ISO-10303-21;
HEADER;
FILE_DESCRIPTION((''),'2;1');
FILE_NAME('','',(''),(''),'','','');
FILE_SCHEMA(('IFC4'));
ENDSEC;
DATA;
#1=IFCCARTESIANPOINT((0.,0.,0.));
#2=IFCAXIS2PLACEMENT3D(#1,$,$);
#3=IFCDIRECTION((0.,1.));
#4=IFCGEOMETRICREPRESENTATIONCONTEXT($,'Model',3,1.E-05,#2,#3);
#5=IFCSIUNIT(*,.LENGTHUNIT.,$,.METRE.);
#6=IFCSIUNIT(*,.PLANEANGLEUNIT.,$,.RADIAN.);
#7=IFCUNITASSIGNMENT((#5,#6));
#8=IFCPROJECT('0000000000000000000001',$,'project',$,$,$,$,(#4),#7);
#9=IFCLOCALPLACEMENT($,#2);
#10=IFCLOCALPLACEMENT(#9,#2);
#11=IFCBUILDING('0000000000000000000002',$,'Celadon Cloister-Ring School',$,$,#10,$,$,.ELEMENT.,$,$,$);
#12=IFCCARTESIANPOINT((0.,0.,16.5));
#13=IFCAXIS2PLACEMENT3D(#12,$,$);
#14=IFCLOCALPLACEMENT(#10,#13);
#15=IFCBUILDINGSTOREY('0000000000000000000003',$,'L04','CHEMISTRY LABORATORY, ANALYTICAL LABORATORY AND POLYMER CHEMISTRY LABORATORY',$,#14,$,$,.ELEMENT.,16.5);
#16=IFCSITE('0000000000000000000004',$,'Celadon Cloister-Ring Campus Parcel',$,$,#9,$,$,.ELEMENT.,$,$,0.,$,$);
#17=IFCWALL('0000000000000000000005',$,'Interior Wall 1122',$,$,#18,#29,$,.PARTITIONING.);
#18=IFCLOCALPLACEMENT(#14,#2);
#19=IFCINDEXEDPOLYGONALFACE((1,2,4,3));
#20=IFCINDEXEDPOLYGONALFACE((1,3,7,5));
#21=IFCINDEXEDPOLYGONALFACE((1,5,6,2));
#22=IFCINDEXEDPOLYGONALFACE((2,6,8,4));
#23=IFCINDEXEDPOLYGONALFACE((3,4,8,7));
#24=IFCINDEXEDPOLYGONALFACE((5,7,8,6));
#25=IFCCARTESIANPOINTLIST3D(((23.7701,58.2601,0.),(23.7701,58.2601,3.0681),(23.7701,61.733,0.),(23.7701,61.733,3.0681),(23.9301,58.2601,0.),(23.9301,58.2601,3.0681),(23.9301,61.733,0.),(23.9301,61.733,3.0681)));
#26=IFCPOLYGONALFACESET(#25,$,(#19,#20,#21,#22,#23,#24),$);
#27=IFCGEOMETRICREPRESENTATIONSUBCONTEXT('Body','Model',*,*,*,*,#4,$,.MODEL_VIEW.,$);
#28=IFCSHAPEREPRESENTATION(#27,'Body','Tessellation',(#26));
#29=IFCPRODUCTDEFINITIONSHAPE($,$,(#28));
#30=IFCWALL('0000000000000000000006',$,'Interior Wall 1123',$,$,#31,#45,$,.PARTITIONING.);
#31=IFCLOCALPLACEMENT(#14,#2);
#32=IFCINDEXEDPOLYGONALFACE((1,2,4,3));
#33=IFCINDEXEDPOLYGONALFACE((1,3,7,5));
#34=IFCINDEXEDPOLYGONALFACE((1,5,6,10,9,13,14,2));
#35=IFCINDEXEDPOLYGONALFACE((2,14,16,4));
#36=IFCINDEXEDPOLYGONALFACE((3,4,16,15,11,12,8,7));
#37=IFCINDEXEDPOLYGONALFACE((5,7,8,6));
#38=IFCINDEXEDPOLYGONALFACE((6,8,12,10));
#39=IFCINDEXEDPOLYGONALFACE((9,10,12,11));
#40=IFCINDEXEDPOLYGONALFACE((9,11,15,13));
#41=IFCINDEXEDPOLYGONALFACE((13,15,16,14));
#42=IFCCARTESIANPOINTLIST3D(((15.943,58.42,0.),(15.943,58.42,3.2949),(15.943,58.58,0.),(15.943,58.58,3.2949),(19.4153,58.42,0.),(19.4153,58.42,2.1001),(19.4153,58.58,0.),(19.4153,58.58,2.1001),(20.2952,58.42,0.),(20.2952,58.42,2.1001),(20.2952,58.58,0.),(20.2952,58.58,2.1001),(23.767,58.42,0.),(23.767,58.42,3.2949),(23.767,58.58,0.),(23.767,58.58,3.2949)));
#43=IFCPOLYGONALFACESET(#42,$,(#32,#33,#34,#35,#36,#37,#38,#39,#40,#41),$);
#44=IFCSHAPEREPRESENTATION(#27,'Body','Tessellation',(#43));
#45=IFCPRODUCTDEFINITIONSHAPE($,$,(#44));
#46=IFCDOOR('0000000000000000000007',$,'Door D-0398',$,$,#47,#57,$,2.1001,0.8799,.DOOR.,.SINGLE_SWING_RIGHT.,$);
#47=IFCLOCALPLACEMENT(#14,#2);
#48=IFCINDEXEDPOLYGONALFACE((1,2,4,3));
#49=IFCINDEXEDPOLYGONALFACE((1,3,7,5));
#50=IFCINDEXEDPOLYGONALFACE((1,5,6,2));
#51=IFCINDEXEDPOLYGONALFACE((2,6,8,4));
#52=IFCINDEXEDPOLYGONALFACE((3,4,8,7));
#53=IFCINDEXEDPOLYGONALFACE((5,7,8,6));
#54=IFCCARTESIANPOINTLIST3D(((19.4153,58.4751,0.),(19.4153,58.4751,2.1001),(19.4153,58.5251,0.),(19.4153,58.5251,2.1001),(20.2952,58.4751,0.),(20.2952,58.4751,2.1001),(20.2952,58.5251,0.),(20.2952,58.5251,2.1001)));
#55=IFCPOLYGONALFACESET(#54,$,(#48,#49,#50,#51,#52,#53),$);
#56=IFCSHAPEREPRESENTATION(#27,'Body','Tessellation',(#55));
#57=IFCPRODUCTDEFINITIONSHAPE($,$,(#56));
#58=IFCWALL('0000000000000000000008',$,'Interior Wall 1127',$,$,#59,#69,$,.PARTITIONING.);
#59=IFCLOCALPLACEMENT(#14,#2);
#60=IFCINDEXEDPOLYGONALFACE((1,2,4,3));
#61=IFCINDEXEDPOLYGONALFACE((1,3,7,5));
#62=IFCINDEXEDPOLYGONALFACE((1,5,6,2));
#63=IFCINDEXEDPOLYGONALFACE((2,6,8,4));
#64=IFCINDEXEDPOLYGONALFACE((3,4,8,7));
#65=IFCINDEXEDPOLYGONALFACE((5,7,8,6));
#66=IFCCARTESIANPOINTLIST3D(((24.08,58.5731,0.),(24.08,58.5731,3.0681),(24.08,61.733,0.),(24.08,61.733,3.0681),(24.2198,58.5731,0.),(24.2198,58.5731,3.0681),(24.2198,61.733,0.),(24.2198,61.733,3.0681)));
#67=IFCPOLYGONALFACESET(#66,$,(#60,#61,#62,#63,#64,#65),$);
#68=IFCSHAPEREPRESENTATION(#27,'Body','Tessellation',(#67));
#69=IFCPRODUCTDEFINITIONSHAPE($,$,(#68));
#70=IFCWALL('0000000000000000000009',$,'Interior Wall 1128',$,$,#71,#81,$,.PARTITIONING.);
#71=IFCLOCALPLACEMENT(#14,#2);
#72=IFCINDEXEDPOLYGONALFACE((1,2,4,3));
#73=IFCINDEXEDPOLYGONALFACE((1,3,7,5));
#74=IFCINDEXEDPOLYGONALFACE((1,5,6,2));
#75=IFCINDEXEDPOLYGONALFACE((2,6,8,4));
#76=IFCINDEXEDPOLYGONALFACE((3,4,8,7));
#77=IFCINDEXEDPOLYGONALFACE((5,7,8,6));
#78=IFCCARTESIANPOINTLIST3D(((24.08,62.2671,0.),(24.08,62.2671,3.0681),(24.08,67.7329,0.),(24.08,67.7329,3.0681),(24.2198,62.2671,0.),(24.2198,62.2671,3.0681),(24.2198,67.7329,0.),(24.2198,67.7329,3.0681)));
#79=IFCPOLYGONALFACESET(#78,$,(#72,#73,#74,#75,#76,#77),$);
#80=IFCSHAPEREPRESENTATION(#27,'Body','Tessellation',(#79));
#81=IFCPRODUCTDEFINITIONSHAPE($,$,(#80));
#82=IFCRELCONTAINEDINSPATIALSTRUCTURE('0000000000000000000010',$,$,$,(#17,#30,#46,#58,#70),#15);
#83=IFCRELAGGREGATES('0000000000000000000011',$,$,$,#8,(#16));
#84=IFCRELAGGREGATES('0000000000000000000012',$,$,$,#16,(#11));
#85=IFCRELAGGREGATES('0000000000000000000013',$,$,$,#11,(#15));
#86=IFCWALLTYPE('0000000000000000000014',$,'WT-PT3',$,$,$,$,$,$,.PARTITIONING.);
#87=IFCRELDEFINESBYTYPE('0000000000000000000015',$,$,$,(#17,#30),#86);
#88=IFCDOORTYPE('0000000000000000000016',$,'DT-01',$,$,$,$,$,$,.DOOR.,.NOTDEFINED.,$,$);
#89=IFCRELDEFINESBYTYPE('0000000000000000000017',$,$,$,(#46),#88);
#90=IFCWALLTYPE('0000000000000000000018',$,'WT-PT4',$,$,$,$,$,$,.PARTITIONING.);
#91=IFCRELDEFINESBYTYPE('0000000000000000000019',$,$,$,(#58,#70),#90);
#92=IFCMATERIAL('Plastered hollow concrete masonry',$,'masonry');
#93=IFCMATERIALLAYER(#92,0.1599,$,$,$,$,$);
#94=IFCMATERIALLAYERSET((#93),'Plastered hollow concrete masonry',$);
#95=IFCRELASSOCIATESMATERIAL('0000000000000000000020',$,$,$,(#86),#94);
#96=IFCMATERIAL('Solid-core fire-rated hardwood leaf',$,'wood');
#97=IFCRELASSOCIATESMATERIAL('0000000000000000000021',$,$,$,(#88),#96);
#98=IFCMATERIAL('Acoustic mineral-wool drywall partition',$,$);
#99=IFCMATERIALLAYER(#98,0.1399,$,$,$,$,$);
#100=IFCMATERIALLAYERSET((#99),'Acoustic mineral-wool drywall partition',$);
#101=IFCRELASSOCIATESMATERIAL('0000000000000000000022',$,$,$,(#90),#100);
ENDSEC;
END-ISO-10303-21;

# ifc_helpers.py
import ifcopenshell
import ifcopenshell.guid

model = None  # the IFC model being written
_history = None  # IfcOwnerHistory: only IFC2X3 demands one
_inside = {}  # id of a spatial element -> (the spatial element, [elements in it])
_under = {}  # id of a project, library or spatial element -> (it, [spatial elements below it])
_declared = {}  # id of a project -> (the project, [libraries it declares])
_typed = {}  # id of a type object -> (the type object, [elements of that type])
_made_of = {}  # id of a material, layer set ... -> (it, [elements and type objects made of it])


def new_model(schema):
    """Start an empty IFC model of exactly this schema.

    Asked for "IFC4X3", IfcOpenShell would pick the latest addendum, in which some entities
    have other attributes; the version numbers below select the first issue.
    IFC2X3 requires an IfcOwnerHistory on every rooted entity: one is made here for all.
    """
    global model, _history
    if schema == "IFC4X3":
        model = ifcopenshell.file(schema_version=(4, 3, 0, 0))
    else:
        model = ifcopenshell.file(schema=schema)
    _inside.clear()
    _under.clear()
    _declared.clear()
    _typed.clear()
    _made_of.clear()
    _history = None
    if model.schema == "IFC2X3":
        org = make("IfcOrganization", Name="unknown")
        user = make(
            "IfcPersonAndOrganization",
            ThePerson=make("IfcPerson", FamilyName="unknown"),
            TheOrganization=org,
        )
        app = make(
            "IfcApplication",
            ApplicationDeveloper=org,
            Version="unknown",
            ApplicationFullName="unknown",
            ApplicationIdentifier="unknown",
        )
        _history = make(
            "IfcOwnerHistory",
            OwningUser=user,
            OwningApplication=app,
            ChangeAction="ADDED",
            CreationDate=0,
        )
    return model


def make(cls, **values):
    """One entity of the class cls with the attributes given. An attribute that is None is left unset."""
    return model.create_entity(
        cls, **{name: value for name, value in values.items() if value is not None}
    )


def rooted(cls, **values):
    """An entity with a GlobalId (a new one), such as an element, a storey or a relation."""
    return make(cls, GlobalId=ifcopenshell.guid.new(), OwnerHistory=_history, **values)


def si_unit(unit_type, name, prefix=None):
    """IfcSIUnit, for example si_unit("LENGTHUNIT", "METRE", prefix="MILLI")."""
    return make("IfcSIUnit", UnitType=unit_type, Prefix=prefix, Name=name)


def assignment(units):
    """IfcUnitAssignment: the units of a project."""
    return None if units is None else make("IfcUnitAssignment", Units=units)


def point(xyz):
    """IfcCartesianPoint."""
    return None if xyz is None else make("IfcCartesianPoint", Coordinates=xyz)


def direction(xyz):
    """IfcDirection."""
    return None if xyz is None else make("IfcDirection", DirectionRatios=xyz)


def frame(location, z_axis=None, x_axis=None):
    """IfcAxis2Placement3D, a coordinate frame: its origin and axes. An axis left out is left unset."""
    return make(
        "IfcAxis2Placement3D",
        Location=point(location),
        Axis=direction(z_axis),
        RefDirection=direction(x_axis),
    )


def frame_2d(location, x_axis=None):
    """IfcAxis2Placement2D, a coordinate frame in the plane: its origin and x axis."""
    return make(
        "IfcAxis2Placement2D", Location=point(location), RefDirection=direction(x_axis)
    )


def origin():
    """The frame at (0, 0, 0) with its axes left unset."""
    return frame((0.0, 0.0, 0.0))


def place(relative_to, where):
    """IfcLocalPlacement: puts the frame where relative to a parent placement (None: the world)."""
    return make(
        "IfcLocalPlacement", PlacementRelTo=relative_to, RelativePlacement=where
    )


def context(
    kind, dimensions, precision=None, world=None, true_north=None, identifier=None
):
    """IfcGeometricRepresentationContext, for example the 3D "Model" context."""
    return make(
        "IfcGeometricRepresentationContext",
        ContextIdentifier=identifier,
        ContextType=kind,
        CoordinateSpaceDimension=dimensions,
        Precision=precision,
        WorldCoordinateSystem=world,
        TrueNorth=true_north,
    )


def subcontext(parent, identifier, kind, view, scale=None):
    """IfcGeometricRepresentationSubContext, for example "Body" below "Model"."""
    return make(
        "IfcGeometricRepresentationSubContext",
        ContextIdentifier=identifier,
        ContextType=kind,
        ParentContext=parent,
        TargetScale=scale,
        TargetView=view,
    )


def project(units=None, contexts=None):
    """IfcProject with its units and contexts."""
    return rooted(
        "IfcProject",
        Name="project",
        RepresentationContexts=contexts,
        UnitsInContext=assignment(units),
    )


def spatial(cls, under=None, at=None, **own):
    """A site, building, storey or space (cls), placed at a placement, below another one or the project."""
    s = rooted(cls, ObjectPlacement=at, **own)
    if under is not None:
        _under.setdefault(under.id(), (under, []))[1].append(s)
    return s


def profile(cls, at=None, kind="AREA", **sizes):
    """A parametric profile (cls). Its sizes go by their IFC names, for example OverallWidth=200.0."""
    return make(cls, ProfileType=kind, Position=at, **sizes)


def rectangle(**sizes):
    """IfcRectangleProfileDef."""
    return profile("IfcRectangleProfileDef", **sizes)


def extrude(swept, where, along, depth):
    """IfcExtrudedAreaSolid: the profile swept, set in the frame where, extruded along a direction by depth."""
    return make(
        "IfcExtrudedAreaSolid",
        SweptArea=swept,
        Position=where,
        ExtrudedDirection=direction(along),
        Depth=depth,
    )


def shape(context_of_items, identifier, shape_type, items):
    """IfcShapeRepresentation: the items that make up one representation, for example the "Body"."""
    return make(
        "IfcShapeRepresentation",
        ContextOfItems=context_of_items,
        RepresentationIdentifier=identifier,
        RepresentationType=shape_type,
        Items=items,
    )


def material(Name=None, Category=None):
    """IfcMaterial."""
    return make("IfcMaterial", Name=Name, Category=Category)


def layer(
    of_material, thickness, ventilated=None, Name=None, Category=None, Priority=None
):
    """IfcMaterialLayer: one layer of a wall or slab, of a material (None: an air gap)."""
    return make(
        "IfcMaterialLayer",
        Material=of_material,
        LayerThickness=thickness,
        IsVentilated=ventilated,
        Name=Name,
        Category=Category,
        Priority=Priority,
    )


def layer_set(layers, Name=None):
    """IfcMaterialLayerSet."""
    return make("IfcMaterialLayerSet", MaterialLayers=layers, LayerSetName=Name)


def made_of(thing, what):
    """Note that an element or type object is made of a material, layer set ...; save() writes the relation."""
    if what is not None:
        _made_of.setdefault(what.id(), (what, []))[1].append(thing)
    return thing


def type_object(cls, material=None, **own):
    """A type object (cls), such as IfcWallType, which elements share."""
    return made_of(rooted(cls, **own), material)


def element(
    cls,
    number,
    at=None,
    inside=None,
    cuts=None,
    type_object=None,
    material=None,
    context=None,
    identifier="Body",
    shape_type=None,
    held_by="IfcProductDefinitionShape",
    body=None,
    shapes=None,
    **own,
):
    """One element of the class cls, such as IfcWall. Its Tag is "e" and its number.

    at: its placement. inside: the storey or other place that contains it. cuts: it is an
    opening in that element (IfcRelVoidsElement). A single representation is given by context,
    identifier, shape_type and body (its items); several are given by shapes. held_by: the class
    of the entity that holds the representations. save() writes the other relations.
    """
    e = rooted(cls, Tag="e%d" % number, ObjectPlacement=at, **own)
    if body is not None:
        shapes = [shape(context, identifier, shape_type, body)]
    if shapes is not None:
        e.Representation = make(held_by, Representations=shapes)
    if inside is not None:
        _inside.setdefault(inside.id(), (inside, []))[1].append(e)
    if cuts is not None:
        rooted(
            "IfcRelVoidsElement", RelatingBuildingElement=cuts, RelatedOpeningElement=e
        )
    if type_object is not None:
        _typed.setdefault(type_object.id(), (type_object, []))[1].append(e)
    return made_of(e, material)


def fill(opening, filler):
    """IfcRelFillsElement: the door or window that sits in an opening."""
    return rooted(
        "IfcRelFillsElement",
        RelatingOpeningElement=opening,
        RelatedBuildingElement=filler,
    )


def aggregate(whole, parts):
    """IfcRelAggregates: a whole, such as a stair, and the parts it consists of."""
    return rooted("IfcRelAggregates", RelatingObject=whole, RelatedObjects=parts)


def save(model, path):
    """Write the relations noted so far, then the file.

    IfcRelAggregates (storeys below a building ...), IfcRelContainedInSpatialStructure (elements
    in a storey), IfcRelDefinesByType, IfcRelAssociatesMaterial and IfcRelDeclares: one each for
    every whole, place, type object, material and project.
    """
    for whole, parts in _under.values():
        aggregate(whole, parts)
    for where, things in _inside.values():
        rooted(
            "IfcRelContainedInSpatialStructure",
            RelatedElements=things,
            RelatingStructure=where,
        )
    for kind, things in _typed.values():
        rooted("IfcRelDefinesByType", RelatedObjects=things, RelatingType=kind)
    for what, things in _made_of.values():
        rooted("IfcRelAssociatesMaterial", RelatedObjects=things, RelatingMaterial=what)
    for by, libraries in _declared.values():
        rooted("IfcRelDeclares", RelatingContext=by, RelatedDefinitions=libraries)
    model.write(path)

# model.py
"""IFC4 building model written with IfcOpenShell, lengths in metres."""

from ifc_helpers import new_model, si_unit, direction, frame, frame_2d, origin, place, context, subcontext, project, spatial, rectangle, extrude, material, layer, layer_set, type_object, element, fill, save


model = new_model("IFC4")

# Units and contexts
model_context = context("Model", 3, precision=1e-05, world=origin(), true_north=direction((0.0, 1.0)))
body_context = subcontext(model_context, "Body", "Model", "MODEL_VIEW")
ifc_project = project(units=[si_unit("LENGTHUNIT", "METRE"), si_unit("PLANEANGLEUNIT", "RADIAN")], contexts=[model_context])

# Site, building, storey
site_placement = place(None, origin())
site = spatial("IfcSite", under=ifc_project, at=site_placement, Name="Celadon Cloister-Ring Campus Parcel", CompositionType="ELEMENT", RefElevation=0.0)
building_placement = place(site_placement, origin())
building = spatial("IfcBuilding", under=site, at=building_placement, Name="Celadon Cloister-Ring School", CompositionType="ELEMENT")
storey_placement = place(building_placement, frame((0.0, 0.0, 16.5)))
storey = spatial("IfcBuildingStorey", under=building, at=storey_placement, Name="L04", Description="CHEMISTRY LABORATORY, ANALYTICAL LABORATORY AND POLYMER CHEMISTRY LABORATORY", CompositionType="ELEMENT", Elevation=16.5)

# Wall
ifc_material_1 = material(Name="Plastered hollow concrete masonry", Category="masonry")
ifc_layer_1 = layer(ifc_material_1, 0.1599)
ifc_layer_set_1 = layer_set([ifc_layer_1], Name="Plastered hollow concrete masonry")
wall_type_1 = type_object("IfcWallType", Name="WT-PT3", PredefinedType="PARTITIONING", material=ifc_layer_set_1)
wall_1_placement = place(storey_placement, frame((23.8501, 61.7329, 0.0), z_axis=(0.0, 0.0, 1.0), x_axis=(0.0, -1.0, 0.0)))
element("IfcWall", 1, at=wall_1_placement, inside=storey, type_object=wall_type_1, Name="Interior Wall 1122", PredefinedType="PARTITIONING", context=body_context, shape_type="SweptSolid", body=[
    extrude(rectangle(XDim=3.4729, YDim=0.1599, at=frame_2d((1.7363, 0.0))), origin(), (0.0, 0.0, 1.0), 3.0681),
])

# Wall, opening, door
wall_2_placement = place(storey_placement, frame((23.7671, 58.5, 0.0), z_axis=(0.0, 0.0, 1.0), x_axis=(-1.0, 0.0, 0.0)))
wall_2 = element("IfcWall", 2, at=wall_2_placement, inside=storey, type_object=wall_type_1, Name="Interior Wall 1123", PredefinedType="PARTITIONING", context=body_context, shape_type="SweptSolid", body=[
    extrude(rectangle(XDim=7.824, YDim=0.1599, at=frame_2d((3.9121, 0.0))), origin(), (0.0, 0.0, 1.0), 3.2949),
])
opening_placement = place(wall_2_placement, frame((3.4719, 0.0, 0.0)))
opening = element("IfcOpeningElement", 3, at=opening_placement, cuts=wall_2, PredefinedType="OPENING", context=body_context, shape_type="SweptSolid", body=[
    extrude(rectangle(XDim=0.8799, YDim=2.1001, at=frame_2d((0.4399, 1.05))), frame((0.0, 0.0898, 0.0), z_axis=(0.0, -1.0, 0.0), x_axis=(1.0, 0.0, 0.0)), (0.0, 0.0, 1.0), 0.1799),
])
ifc_material_2 = material(Name="Solid-core fire-rated hardwood leaf", Category="wood")
door_type = type_object("IfcDoorType", Name="DT-01", OperationType="NOTDEFINED", PredefinedType="DOOR", material=ifc_material_2)
door_placement = place(opening_placement, origin())
door = element("IfcDoor", 4, at=door_placement, inside=storey, type_object=door_type, Name="Door D-0398", OperationType="SINGLE_SWING_RIGHT", OverallHeight=2.1001, OverallWidth=0.8799, PredefinedType="DOOR", context=body_context, shape_type="SweptSolid", body=[
    extrude(rectangle(XDim=0.8799, YDim=2.1001, at=frame_2d((0.4399, 1.05))), frame((0.0, 0.0249, 0.0), z_axis=(0.0, -1.0, 0.0), x_axis=(1.0, 0.0, 0.0)), (0.0, 0.0, 1.0), 0.05),
])
fill(opening, door)

# Walls
ifc_material_3 = material(Name="Acoustic mineral-wool drywall partition")
ifc_layer_2 = layer(ifc_material_3, 0.1399)
ifc_layer_set_2 = layer_set([ifc_layer_2], Name="Acoustic mineral-wool drywall partition")
wall_type_2 = type_object("IfcWallType", Name="WT-PT4", PredefinedType="PARTITIONING", material=ifc_layer_set_2)
wall_3_placement = place(storey_placement, frame((24.1499, 58.573, 0.0), z_axis=(0.0, 0.0, 1.0), x_axis=(0.0, 1.0, 0.0)))
element("IfcWall", 5, at=wall_3_placement, inside=storey, type_object=wall_type_2, Name="Interior Wall 1127", PredefinedType="PARTITIONING", context=body_context, shape_type="SweptSolid", body=[
    extrude(rectangle(XDim=3.1599, YDim=0.1399, at=frame_2d((1.5801, 0.0))), origin(), (0.0, 0.0, 1.0), 3.0681),
])
wall_4_placement = place(storey_placement, frame((24.1499, 62.2671, 0.0), z_axis=(0.0, 0.0, 1.0), x_axis=(0.0, 1.0, 0.0)))
element("IfcWall", 6, at=wall_4_placement, inside=storey, type_object=wall_type_2, Name="Interior Wall 1128", PredefinedType="PARTITIONING", context=body_context, shape_type="SweptSolid", body=[
    extrude(rectangle(XDim=5.4658, YDim=0.1399, at=frame_2d((2.7329, 0.0))), origin(), (0.0, 0.0, 1.0), 3.0681),
])

save(model, "model.ifc")
